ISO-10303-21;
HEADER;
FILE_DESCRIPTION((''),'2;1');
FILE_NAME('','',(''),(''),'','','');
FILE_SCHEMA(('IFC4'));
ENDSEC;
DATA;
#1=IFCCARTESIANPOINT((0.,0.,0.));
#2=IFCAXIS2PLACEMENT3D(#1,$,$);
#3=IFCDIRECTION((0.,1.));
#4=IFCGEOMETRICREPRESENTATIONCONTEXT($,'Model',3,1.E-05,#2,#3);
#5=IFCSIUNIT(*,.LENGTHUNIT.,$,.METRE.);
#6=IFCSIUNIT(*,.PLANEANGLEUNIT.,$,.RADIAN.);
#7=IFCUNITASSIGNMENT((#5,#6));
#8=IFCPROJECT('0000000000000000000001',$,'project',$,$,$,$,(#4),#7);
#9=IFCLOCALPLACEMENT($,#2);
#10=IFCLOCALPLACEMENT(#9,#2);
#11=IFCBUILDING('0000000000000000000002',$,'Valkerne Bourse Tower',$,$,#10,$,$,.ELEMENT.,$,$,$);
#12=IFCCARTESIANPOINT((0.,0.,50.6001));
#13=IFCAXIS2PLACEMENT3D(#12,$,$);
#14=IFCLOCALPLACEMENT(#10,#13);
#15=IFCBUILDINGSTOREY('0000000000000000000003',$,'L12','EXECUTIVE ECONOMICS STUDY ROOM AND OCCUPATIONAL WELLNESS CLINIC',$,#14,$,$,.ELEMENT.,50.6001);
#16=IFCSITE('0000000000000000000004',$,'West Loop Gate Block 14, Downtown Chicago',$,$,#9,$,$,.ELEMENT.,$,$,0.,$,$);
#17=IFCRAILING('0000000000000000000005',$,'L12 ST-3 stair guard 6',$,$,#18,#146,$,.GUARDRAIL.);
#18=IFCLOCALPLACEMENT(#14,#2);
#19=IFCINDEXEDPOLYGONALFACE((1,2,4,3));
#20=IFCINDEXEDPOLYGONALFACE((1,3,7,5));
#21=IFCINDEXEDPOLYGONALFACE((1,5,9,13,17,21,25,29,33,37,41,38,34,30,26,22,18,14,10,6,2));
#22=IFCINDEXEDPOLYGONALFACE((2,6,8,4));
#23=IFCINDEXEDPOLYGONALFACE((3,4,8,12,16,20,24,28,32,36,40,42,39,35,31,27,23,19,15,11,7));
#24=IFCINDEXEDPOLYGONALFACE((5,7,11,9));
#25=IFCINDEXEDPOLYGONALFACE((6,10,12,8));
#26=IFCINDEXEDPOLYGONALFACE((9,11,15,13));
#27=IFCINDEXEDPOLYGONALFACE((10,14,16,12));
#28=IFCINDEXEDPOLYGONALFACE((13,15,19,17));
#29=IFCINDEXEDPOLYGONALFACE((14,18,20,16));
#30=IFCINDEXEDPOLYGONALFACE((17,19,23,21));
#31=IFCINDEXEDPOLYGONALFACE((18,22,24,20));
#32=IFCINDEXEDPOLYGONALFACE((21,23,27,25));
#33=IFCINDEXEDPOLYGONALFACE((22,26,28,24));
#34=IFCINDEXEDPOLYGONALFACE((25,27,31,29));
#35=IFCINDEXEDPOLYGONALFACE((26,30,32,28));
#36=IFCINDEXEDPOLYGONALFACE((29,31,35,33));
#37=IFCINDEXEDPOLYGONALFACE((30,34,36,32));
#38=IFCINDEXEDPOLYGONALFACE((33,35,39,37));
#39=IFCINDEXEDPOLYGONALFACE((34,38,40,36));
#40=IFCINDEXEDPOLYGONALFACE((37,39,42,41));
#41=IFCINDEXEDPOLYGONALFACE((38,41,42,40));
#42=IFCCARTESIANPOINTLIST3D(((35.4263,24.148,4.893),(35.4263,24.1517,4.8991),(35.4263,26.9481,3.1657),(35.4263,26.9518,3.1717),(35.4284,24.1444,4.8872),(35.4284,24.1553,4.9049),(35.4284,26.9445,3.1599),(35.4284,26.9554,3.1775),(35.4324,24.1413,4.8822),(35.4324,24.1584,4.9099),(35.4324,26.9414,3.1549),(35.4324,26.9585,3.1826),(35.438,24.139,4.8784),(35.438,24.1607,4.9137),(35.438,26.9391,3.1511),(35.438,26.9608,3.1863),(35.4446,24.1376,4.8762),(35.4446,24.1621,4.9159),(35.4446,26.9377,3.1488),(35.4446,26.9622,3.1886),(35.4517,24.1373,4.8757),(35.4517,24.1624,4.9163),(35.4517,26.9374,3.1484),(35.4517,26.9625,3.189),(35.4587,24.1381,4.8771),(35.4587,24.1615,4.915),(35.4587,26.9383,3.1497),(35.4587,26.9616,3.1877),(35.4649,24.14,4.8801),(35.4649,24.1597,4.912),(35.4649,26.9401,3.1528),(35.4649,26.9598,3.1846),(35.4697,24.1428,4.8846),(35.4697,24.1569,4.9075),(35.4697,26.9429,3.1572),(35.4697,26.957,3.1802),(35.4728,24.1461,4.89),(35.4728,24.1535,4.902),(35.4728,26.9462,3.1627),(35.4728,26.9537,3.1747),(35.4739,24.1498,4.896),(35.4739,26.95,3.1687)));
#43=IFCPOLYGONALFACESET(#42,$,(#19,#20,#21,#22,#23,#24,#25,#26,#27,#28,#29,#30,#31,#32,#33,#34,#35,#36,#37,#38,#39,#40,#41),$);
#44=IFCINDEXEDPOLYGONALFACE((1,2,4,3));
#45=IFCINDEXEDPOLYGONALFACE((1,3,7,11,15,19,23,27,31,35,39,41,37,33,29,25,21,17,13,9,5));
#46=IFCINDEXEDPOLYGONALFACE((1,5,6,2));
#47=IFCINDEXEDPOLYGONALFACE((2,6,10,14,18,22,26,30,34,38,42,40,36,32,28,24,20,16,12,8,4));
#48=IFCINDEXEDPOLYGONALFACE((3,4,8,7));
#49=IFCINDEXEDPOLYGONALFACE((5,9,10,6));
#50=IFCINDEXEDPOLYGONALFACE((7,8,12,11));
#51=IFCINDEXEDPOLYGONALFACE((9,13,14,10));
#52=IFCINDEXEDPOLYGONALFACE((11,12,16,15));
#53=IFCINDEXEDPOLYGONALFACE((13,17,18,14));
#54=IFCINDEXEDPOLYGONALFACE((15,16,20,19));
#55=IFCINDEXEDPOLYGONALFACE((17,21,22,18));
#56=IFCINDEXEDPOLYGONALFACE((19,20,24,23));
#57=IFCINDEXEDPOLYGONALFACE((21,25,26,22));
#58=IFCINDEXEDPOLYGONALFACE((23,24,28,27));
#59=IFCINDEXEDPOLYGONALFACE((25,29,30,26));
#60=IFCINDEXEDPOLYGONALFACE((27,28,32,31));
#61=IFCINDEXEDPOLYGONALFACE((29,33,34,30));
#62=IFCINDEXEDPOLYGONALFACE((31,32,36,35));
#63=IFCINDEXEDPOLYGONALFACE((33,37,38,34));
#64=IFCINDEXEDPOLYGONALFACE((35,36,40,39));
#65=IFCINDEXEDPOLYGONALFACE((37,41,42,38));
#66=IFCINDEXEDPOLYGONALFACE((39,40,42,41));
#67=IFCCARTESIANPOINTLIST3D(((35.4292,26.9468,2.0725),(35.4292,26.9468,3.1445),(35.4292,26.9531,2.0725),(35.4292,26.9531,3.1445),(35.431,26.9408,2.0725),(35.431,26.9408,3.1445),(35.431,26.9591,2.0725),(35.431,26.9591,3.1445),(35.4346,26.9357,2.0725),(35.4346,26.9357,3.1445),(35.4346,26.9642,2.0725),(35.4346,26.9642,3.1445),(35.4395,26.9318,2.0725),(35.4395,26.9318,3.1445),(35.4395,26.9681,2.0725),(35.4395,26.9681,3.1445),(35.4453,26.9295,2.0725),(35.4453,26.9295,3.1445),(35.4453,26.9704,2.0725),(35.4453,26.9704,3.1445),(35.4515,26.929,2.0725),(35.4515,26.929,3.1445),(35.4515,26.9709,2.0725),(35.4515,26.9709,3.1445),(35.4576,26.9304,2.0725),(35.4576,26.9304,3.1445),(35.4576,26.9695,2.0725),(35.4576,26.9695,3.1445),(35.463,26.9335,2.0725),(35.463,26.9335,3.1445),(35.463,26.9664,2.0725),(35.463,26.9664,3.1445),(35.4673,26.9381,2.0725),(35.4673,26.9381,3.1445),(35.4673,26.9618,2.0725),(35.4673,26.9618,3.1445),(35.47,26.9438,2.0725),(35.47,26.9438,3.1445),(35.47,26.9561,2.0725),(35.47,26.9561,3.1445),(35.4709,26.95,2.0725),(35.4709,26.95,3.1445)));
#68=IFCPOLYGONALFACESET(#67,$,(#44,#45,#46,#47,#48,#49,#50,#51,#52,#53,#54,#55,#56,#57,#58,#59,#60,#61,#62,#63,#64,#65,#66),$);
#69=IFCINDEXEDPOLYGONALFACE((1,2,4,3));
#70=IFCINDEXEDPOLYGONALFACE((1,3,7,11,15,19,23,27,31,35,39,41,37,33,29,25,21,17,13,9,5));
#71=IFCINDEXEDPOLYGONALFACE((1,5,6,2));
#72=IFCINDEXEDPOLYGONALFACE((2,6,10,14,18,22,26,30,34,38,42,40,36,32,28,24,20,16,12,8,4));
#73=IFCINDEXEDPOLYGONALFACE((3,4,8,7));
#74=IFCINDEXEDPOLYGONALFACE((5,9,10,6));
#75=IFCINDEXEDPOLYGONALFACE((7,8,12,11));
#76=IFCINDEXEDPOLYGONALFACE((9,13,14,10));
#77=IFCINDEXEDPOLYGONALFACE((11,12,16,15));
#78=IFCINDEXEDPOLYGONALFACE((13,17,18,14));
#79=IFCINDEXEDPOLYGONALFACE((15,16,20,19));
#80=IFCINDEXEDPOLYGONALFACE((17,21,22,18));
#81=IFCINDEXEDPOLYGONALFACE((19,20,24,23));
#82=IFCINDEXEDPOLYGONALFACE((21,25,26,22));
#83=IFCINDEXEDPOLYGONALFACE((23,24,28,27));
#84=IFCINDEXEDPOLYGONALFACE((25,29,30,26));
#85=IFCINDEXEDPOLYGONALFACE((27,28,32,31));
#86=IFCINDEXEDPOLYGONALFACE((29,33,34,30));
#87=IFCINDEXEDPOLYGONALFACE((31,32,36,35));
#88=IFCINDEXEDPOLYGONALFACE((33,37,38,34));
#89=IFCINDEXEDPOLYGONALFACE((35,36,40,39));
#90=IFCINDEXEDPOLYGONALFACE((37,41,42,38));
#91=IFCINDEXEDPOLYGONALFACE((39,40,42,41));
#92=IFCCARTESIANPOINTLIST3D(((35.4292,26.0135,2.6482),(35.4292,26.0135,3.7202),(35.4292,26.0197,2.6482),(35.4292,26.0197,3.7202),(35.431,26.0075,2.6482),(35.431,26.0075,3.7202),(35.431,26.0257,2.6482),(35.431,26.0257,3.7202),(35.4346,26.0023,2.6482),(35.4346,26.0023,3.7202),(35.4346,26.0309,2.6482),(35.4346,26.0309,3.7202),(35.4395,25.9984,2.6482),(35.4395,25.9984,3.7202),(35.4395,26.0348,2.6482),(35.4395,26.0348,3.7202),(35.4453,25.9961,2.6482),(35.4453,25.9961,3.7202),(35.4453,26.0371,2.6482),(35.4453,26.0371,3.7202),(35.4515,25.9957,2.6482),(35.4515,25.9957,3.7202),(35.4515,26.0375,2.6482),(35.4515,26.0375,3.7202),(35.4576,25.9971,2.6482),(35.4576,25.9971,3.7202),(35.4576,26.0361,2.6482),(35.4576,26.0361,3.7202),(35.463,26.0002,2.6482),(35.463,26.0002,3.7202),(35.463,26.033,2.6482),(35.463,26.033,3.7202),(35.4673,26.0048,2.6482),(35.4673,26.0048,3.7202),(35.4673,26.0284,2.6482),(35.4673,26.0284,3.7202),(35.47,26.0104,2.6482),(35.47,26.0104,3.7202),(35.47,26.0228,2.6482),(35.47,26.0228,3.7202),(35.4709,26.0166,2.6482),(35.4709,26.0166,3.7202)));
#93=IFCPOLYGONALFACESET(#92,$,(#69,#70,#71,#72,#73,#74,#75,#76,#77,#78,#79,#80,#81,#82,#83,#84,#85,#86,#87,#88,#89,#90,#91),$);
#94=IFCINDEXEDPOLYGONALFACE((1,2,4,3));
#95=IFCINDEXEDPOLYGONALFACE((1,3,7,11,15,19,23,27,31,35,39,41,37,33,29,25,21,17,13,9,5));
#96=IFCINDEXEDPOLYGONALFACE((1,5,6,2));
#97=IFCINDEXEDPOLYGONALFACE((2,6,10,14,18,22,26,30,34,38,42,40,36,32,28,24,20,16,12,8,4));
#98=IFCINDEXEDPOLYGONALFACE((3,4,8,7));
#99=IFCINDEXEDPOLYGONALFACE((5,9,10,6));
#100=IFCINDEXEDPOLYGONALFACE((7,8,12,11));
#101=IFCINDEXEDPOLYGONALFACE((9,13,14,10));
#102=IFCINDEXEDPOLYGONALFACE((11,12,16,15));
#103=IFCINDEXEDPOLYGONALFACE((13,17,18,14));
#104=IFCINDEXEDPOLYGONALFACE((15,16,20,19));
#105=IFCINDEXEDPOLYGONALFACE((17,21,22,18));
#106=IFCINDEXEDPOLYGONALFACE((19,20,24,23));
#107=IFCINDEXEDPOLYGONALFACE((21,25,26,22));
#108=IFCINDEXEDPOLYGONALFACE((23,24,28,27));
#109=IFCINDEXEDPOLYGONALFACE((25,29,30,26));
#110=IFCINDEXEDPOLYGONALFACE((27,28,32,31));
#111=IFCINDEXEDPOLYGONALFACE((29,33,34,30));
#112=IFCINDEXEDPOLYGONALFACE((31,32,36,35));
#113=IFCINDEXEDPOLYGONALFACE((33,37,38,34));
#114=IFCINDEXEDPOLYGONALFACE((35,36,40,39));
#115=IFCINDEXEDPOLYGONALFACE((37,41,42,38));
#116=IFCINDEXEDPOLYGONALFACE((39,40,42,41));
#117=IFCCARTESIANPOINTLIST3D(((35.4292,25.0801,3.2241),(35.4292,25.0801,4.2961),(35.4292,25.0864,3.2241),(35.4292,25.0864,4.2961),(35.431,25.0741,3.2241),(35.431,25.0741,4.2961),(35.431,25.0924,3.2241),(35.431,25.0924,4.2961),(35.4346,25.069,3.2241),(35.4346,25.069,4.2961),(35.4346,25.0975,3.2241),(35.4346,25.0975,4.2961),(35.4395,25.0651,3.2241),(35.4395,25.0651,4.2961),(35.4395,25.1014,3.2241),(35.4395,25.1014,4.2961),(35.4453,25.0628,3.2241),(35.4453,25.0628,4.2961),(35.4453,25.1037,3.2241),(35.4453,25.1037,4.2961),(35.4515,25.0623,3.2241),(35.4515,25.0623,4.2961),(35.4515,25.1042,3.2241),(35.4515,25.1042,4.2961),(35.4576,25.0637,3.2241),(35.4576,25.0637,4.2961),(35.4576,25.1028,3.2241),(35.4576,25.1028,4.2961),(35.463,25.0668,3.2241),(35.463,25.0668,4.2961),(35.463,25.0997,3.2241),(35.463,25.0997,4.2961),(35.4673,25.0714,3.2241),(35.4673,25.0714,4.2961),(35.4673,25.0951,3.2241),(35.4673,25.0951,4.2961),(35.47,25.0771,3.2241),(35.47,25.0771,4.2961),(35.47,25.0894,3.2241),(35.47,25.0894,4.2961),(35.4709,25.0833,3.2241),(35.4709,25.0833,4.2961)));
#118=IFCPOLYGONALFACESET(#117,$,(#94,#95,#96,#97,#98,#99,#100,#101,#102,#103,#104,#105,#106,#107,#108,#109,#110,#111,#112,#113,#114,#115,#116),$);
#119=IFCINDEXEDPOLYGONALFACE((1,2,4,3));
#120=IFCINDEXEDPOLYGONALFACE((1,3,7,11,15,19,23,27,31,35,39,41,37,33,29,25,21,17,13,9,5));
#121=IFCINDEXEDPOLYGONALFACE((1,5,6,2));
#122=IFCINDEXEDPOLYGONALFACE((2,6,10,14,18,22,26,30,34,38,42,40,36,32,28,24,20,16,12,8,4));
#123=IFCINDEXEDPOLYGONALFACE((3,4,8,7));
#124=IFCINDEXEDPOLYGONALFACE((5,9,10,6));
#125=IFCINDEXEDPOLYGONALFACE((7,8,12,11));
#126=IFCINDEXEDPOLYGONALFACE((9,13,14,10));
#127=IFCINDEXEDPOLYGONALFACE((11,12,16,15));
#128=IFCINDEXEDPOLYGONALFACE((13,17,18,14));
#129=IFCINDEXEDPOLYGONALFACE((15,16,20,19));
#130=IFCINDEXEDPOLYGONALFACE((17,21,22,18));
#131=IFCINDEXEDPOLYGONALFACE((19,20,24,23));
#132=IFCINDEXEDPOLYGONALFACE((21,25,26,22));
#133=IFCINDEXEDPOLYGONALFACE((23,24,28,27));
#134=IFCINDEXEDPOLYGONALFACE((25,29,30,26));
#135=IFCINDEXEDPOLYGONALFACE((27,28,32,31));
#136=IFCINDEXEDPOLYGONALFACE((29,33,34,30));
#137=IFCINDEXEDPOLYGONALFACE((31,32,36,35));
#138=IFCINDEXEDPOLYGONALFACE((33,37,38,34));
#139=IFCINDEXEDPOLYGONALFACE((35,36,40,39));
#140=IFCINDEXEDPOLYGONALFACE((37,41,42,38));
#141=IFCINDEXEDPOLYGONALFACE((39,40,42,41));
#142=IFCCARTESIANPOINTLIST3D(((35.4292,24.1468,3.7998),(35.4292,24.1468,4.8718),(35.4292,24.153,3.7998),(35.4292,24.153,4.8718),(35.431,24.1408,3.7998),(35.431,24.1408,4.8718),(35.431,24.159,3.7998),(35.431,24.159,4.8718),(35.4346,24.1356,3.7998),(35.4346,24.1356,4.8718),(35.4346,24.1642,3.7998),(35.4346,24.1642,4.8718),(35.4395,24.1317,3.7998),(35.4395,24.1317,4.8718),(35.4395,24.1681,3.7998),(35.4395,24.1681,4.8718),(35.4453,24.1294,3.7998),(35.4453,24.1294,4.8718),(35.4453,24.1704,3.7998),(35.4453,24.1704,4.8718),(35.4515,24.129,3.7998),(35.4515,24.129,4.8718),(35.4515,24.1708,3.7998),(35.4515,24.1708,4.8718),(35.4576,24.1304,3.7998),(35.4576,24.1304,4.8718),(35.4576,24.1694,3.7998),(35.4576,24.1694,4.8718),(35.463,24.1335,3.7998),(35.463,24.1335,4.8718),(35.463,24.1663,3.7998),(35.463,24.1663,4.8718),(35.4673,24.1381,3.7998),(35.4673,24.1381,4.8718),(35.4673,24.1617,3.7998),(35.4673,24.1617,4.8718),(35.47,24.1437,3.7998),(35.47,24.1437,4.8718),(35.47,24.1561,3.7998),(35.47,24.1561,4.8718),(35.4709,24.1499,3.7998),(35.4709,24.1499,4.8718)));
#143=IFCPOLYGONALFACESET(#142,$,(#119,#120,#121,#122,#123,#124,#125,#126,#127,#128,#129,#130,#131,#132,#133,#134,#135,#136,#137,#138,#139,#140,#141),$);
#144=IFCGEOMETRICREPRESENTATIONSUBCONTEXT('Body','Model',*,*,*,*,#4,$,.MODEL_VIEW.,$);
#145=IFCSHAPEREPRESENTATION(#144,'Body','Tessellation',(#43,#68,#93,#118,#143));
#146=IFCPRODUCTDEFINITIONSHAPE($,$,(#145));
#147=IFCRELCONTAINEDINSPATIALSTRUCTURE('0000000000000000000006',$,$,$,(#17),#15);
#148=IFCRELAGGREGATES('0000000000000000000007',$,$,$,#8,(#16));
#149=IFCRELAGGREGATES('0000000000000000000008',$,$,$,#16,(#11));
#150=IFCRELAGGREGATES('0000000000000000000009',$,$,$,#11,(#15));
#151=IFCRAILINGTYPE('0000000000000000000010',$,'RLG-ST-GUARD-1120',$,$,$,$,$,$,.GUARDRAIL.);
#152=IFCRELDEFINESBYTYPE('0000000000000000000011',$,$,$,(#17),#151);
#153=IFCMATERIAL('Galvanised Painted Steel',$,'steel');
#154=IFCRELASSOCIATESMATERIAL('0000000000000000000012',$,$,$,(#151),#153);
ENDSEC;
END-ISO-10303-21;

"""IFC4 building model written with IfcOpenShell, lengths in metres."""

from ifc_helpers import new_model, si_unit, direction, frame, origin, origin_2d, place, context, subcontext, project, spatial, circle, extrude, material, type_object, element, save


model = new_model("IFC4")

# Units and contexts
model_context = context("Model", 3, precision=1e-05, world=origin(), true_north=direction((0.0, 1.0)))
body_context = subcontext(model_context, "Body", "Model", "MODEL_VIEW")
ifc_project = project(units=[si_unit("LENGTHUNIT", "METRE"), si_unit("PLANEANGLEUNIT", "RADIAN")], contexts=[model_context])

# Site, building, storey
site_placement = place(None, origin())
site = spatial("IfcSite", under=ifc_project, at=site_placement, Name="West Loop Gate Block 14, Downtown Chicago", CompositionType="ELEMENT", RefElevation=0.0)
building_placement = place(site_placement, origin())
building = spatial("IfcBuilding", under=site, at=building_placement, Name="Valkerne Bourse Tower", CompositionType="ELEMENT")
storey_placement = place(building_placement, frame((0.0, 0.0, 50.6001)))
storey = spatial("IfcBuildingStorey", under=building, at=storey_placement, Name="L12", Description="EXECUTIVE ECONOMICS STUDY ROOM AND OCCUPATIONAL WELLNESS CLINIC", CompositionType="ELEMENT", Elevation=50.6001)

# Shared definitions
ifc_material_1 = material(Name="Galvanised Painted Steel", Category="steel")

# Railing
railing_type_1 = type_object("IfcRailingType", Name="RLG-ST-GUARD-1120", PredefinedType="GUARDRAIL", material=ifc_material_1)
railing_1_placement = place(storey_placement, frame((35.45, 26.95, 2.0725)))
element("IfcRailing", 1, at=railing_1_placement, inside=storey, type_object=railing_type_1, Name="L12 ST-3 stair guard 6", PredefinedType="GUARDRAIL", context=body_context, shape_type="SweptSolid", body=[
    extrude(circle(Radius=0.0239, at=origin_2d()), frame((0.0, 0.0, 1.0962), z_axis=(0.0, -0.85109, 0.52502), x_axis=(1.0, 0.0, 0.0)), (0.0, 0.0, 1.0), 3.29),
    extrude(circle(Radius=0.021, at=origin_2d()), origin(), (0.0, 0.0, 1.0), 1.072),
    extrude(circle(Radius=0.021, at=origin_2d()), frame((0.0, -0.9333, 0.5757)), (0.0, 0.0, 1.0), 1.072),
    extrude(circle(Radius=0.021, at=origin_2d()), frame((0.0, -1.8667, 1.1516)), (0.0, 0.0, 1.0), 1.072),
    extrude(circle(Radius=0.021, at=origin_2d()), frame((0.0, -2.8, 1.7273)), (0.0, 0.0, 1.0), 1.072),
])

save(model, "model.ifc")
